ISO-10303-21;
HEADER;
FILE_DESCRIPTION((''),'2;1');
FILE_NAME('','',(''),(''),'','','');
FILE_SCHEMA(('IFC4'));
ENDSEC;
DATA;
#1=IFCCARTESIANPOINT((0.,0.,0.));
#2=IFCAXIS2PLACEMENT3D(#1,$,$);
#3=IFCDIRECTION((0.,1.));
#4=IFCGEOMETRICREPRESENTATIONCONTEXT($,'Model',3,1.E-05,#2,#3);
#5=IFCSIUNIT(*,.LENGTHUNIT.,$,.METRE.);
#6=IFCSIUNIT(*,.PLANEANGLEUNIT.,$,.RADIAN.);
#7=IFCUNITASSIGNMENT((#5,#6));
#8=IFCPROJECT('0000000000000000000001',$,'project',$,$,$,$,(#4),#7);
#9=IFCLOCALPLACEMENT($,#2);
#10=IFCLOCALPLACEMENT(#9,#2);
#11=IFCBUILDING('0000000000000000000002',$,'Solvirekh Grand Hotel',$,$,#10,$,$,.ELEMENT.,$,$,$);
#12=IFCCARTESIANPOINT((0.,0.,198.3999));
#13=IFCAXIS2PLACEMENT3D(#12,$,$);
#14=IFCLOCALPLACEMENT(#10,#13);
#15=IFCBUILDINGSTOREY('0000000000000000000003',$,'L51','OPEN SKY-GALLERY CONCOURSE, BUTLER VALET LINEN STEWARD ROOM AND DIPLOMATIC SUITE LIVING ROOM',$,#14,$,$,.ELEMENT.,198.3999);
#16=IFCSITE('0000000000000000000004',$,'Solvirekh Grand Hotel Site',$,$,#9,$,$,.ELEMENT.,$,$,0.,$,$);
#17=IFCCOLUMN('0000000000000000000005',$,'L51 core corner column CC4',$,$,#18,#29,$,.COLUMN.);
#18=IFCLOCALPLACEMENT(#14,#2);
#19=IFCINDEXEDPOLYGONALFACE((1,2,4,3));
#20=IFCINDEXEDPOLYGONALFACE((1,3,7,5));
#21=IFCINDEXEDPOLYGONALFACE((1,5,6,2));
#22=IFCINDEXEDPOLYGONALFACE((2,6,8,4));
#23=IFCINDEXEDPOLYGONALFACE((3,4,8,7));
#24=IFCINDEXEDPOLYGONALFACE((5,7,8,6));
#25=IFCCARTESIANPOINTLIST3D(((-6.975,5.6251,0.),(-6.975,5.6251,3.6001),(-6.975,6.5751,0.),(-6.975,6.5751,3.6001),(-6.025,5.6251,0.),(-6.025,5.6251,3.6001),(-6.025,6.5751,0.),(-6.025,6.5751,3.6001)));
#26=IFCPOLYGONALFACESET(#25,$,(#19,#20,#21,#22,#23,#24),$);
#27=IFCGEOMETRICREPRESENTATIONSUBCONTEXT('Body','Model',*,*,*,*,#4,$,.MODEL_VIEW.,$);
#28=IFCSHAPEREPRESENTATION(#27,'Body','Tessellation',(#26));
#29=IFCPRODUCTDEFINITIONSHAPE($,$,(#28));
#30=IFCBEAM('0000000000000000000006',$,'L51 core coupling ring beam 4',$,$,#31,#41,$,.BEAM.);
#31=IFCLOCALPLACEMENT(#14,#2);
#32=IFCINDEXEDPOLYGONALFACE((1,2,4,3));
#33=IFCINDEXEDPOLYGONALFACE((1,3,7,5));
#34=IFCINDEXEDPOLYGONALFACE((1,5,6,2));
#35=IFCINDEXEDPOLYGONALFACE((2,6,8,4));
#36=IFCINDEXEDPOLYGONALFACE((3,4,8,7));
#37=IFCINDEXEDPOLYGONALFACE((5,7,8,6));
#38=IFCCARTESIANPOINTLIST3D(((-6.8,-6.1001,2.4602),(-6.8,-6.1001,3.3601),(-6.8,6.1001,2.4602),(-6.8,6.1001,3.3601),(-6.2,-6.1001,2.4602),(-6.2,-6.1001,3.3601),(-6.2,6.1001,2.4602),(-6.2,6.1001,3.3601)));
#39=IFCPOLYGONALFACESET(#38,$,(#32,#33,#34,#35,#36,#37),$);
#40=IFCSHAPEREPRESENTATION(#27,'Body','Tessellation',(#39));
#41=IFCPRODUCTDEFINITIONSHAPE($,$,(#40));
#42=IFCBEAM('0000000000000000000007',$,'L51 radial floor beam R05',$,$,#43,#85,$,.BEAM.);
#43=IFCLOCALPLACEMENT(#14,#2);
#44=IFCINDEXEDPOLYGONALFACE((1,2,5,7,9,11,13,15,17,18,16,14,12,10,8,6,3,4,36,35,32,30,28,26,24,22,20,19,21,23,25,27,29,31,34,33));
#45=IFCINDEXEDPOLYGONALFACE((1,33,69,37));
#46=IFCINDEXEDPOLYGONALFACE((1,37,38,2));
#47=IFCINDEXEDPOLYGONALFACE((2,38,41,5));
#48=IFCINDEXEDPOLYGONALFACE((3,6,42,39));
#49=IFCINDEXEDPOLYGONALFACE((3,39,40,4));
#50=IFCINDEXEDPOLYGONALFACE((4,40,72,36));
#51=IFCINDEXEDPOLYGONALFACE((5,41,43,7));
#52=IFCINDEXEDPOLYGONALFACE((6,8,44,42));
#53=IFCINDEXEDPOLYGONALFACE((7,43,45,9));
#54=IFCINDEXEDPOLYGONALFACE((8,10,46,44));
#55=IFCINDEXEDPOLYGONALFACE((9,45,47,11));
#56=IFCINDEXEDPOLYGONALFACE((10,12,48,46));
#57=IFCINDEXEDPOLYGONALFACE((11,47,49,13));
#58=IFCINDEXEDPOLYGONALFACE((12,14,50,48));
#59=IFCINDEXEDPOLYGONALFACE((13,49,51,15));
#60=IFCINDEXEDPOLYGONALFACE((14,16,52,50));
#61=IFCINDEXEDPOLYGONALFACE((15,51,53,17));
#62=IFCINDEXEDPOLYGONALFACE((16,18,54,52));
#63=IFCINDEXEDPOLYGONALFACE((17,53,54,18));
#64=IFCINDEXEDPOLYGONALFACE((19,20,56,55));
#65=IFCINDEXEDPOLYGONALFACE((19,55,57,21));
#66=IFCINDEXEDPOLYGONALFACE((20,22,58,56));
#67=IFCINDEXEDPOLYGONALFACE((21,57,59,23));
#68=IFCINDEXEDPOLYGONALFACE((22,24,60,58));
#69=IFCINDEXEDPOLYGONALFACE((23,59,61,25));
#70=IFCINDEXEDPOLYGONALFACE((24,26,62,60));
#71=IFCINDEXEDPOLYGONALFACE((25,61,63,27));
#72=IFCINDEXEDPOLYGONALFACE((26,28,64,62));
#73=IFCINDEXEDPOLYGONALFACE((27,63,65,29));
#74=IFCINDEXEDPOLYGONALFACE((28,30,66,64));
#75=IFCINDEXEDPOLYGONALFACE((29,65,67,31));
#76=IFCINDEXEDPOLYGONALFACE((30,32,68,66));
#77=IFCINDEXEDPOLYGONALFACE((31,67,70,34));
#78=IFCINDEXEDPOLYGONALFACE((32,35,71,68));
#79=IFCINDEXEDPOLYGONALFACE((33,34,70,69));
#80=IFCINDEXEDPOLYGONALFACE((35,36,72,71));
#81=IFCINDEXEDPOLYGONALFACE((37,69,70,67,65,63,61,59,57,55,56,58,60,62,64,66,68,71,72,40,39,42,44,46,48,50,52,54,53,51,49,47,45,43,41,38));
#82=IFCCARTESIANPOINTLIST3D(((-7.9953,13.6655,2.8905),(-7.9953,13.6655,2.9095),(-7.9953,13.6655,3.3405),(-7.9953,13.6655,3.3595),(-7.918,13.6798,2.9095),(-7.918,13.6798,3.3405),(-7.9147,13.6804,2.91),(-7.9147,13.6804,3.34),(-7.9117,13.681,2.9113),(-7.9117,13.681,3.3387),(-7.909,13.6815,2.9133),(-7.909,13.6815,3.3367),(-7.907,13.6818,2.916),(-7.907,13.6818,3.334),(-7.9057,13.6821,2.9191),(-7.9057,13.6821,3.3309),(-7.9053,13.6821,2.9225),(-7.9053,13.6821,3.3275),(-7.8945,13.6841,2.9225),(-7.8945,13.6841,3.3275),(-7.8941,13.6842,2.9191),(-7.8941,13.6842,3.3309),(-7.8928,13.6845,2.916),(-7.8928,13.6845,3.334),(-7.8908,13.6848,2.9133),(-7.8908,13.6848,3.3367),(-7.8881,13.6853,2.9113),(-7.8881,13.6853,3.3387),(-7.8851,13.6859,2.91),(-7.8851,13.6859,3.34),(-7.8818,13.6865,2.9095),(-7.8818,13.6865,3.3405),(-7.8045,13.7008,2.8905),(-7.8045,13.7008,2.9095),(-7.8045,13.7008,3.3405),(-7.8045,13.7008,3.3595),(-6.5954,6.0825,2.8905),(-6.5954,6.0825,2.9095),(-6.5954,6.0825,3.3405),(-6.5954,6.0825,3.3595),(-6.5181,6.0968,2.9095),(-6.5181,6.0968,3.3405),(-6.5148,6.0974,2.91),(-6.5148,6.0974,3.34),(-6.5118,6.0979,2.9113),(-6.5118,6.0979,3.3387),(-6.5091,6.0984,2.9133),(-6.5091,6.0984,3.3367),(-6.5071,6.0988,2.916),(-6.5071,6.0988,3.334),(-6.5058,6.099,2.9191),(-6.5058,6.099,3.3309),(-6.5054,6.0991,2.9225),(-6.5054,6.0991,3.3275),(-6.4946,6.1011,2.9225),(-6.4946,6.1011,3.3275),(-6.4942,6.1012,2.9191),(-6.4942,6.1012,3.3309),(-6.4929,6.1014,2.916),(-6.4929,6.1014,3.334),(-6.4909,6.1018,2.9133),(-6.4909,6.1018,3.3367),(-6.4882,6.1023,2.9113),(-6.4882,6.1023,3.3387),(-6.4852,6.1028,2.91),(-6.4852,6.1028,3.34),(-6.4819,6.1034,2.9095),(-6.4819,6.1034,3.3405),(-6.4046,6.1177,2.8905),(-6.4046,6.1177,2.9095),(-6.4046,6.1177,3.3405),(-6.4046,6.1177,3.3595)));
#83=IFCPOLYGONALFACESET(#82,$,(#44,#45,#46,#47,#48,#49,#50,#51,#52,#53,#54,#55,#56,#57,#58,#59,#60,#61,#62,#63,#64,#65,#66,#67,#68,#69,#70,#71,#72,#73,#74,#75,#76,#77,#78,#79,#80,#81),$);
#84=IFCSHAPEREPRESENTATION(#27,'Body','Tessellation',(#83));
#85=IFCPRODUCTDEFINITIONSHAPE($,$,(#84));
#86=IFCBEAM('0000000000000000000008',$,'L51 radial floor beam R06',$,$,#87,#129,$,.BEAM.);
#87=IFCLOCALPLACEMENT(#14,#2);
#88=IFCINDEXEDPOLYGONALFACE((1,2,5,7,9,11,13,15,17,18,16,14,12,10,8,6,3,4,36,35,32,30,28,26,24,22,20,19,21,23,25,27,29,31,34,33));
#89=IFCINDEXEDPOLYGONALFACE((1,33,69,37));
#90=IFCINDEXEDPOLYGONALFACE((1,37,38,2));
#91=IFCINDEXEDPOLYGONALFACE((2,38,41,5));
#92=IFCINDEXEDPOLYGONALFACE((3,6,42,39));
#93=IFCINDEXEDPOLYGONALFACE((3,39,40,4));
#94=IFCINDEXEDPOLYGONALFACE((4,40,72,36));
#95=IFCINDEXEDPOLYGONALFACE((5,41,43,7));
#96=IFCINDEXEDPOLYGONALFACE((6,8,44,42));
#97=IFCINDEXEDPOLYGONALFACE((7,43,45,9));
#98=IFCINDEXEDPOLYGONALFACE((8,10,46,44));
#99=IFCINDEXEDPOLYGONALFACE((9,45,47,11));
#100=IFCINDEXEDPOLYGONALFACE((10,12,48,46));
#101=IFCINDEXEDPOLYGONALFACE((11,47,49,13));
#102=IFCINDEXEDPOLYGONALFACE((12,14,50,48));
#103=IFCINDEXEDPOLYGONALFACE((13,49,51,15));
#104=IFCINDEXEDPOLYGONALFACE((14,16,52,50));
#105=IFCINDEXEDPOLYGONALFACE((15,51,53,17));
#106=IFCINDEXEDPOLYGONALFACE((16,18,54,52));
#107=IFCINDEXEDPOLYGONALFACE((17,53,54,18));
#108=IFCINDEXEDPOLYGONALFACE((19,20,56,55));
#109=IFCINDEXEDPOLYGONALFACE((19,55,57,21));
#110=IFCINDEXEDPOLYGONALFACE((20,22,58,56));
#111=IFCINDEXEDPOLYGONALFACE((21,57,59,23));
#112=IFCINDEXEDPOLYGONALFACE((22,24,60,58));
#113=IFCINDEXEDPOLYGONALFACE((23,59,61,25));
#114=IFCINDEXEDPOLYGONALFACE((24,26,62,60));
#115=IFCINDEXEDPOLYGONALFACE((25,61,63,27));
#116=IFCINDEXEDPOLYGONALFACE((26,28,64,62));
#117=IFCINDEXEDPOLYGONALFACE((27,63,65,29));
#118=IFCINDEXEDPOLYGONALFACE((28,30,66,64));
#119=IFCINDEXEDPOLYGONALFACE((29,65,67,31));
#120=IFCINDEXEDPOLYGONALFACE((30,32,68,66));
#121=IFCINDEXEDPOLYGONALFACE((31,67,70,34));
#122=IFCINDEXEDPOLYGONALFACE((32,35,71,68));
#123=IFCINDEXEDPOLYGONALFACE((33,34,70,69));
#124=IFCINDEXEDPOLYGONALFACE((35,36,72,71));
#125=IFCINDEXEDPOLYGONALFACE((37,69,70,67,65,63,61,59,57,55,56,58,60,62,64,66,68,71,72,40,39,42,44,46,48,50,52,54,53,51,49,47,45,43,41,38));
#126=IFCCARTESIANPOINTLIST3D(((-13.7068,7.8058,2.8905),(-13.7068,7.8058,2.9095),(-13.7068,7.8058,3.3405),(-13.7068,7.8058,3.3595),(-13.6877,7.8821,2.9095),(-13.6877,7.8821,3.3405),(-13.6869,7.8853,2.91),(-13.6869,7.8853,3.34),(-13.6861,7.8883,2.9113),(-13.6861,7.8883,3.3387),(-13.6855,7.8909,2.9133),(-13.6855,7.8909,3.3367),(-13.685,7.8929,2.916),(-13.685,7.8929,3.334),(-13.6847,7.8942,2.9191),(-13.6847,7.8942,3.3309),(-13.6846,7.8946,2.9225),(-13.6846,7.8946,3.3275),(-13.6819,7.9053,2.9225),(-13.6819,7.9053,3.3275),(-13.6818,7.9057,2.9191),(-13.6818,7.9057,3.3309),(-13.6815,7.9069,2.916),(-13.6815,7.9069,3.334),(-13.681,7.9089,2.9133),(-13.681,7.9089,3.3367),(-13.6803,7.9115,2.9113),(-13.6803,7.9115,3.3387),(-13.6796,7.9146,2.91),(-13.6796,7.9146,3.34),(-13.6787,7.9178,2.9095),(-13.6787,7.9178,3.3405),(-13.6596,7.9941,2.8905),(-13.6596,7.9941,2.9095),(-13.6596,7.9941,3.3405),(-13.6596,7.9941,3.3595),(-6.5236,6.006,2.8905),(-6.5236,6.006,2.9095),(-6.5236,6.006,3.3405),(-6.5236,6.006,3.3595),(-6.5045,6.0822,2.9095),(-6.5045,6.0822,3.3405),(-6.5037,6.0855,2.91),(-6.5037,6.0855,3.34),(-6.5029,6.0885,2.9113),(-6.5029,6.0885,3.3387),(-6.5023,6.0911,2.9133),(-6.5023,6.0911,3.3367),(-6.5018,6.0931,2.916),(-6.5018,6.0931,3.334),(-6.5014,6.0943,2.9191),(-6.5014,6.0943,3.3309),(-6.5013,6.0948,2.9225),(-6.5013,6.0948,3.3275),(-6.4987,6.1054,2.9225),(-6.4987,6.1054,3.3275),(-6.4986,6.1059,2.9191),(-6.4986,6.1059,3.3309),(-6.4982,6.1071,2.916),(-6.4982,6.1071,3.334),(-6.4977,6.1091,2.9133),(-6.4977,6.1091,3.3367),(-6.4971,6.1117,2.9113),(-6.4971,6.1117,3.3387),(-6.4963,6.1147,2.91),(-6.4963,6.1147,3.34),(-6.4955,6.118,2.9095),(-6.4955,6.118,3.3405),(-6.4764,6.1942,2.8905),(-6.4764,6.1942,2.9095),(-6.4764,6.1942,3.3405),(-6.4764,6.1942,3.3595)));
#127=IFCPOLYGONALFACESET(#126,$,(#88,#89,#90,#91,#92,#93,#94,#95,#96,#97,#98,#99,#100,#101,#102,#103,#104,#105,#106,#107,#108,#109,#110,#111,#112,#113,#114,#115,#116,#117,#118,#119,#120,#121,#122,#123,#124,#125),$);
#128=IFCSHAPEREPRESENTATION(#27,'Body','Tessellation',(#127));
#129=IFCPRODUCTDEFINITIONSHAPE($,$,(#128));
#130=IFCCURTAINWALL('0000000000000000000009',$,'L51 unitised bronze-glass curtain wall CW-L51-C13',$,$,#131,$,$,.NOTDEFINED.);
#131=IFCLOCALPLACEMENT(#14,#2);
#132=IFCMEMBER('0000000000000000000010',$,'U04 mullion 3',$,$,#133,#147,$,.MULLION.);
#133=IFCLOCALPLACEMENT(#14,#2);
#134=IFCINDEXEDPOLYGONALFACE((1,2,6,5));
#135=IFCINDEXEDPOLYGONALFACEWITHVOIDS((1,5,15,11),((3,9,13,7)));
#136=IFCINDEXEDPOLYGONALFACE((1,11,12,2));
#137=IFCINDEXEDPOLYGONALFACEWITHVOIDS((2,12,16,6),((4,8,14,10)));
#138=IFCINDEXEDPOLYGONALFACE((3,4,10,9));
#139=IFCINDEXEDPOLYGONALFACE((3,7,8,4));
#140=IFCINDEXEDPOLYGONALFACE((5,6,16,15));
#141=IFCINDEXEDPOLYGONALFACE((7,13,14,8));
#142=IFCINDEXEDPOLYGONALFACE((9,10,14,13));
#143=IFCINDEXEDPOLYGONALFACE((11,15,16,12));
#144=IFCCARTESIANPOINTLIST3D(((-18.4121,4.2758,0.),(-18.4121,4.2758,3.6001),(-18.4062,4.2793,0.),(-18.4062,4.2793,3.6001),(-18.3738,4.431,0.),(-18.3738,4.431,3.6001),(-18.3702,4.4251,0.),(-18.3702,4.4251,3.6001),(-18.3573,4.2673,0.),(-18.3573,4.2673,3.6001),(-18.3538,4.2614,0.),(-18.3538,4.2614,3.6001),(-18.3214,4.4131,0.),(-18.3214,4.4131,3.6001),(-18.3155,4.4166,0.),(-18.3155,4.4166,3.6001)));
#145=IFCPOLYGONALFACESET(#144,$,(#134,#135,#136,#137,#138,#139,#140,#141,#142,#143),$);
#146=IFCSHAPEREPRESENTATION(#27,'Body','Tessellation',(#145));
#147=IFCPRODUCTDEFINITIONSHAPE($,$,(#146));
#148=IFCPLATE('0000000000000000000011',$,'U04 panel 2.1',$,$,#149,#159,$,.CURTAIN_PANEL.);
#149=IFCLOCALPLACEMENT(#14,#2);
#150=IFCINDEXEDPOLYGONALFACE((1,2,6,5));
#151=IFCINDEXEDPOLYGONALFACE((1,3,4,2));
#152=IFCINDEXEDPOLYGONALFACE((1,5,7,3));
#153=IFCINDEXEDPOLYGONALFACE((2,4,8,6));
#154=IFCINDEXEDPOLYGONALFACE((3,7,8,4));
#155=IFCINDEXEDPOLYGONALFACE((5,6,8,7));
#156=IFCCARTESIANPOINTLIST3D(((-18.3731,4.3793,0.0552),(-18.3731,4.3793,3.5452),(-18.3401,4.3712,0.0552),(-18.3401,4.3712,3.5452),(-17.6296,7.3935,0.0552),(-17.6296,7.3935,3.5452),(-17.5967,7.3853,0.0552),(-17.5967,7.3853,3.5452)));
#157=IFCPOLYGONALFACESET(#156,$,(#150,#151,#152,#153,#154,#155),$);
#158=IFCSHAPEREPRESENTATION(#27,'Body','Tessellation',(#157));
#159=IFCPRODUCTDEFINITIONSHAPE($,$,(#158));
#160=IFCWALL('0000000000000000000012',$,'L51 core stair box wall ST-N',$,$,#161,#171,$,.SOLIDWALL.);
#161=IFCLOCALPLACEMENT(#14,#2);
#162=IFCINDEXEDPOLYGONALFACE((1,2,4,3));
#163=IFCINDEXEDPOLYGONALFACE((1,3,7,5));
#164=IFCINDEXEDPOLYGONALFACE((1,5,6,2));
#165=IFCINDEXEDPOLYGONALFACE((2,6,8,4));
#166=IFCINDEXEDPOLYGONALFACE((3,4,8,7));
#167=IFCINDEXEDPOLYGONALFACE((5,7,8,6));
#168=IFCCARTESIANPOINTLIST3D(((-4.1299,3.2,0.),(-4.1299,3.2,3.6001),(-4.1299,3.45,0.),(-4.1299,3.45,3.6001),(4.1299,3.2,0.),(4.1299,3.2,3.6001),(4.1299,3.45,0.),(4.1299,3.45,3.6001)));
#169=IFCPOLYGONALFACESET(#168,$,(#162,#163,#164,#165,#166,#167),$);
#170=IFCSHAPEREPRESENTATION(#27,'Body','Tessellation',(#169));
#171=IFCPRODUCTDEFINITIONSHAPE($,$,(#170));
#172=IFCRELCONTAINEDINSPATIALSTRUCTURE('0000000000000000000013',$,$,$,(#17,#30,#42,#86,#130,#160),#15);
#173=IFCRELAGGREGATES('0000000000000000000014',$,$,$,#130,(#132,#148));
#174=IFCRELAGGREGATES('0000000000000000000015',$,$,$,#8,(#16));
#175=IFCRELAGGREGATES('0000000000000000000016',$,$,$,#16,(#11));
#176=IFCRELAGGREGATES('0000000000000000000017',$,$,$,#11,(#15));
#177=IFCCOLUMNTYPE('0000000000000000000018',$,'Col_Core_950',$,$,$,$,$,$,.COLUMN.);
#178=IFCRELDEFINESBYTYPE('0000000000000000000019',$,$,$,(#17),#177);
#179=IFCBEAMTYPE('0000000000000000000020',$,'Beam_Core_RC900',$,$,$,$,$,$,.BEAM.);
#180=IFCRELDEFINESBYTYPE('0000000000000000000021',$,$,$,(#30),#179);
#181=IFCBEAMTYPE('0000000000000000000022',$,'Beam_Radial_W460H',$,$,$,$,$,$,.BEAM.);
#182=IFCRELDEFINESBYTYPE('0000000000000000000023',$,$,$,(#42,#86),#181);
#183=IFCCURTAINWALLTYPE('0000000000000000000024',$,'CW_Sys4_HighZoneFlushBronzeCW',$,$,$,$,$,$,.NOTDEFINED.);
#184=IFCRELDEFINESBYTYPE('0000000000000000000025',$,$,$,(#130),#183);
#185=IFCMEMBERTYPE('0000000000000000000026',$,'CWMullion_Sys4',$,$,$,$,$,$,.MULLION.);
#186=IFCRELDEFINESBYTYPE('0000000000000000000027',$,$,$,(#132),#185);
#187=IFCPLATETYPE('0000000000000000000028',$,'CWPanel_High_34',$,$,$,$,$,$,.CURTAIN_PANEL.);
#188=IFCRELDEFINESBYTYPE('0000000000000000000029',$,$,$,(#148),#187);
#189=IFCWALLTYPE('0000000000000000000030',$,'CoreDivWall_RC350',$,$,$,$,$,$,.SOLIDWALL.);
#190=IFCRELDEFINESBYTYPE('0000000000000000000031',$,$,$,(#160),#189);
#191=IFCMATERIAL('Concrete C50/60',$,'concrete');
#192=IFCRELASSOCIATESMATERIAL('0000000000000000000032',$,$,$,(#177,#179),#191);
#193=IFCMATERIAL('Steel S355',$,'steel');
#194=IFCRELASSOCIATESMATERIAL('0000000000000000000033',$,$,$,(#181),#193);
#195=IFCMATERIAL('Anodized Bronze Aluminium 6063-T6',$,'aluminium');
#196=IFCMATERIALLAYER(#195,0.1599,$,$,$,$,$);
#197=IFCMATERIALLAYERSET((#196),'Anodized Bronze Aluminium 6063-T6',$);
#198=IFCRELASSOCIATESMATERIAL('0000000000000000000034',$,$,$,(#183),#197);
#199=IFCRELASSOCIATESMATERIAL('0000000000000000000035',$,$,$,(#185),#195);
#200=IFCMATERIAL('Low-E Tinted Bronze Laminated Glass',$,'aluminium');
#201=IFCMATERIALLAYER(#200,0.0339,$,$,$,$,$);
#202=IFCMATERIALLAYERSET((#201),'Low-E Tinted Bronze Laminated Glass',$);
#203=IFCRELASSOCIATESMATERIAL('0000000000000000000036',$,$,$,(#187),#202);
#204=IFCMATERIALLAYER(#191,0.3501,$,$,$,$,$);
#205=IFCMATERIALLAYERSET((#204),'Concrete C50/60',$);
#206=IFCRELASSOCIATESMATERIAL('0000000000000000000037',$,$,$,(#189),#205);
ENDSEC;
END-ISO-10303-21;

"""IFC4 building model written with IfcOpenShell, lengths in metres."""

from ifc_helpers import new_model, si_unit, direction, frame, frame_2d, origin, origin_2d, place, context, subcontext, project, spatial, rectangle, hollow_rectangle, i_section, extrude, source, transform, mapped, material, layer, layer_set, material_profile, profile_set, type_object, element, aggregate, save


model = new_model("IFC4")

# Units and contexts
model_context = context("Model", 3, precision=1e-05, world=origin(), true_north=direction((0.0, 1.0)))
body_context = subcontext(model_context, "Body", "Model", "MODEL_VIEW")
ifc_project = project(units=[si_unit("LENGTHUNIT", "METRE"), si_unit("PLANEANGLEUNIT", "RADIAN")], contexts=[model_context])

# Site, building, storey
site_placement = place(None, origin())
site = spatial("IfcSite", under=ifc_project, at=site_placement, Name="Solvirekh Grand Hotel Site", CompositionType="ELEMENT", RefElevation=0.0)
building_placement = place(site_placement, origin())
building = spatial("IfcBuilding", under=site, at=building_placement, Name="Solvirekh Grand Hotel", CompositionType="ELEMENT")
storey_placement = place(building_placement, frame((0.0, 0.0, 198.3999)))
storey = spatial("IfcBuildingStorey", under=building, at=storey_placement, Name="L51", Description="OPEN SKY-GALLERY CONCOURSE, BUTLER VALET LINEN STEWARD ROOM AND DIPLOMATIC SUITE LIVING ROOM", CompositionType="ELEMENT", Elevation=198.3999)

# Column
ifc_material_1 = material(Name="Concrete C50/60", Category="concrete")
ifc_material_profile_1 = material_profile(ifc_material_1, rectangle(XDim=0.95, YDim=0.95, at=origin_2d()), Name="RC 950X950")
ifc_profile_set_1 = profile_set([ifc_material_profile_1], Name="Concrete C50/60")
column_type = type_object("IfcColumnType", Name="Col_Core_950", PredefinedType="COLUMN", material=ifc_profile_set_1)
column_placement = place(storey_placement, frame((-6.5, 6.1001, 0.0), z_axis=(0.0, 0.0, 1.0), x_axis=(1.0, 0.0, 0.0)))
element("IfcColumn", 1, at=column_placement, inside=storey, type_object=column_type, Name="L51 core corner column CC4", PredefinedType="COLUMN", context=body_context, shape_type="SweptSolid", body=[
    extrude(rectangle(XDim=0.95, YDim=0.95, at=origin_2d()), origin(), (0.0, 0.0, 1.0), 3.6001),
])

# Beams
ifc_material_profile_2 = material_profile(ifc_material_1, rectangle(XDim=0.6001, YDim=0.8999, at=origin_2d()), Name="RC BEAM 600X900")
ifc_profile_set_2 = profile_set([ifc_material_profile_2], Name="Concrete C50/60")
beam_type_1 = type_object("IfcBeamType", Name="Beam_Core_RC900", PredefinedType="BEAM", material=ifc_profile_set_2)
beam_1_placement = place(storey_placement, frame((-6.5, 6.1001, 2.9102), z_axis=(0.0, -1.0, 0.0), x_axis=(1.0, 0.0, 0.0)))
element("IfcBeam", 2, at=beam_1_placement, inside=storey, type_object=beam_type_1, Name="L51 core coupling ring beam 4", PredefinedType="BEAM", context=body_context, shape_type="SweptSolid", body=[
    extrude(rectangle(XDim=0.6001, YDim=0.8999, at=origin_2d()), origin(), (0.0, 0.0, 1.0), 12.2002),
])
ifc_material_2 = material(Name="Steel S355", Category="steel")
ifc_material_profile_3 = material_profile(ifc_material_2, i_section(OverallWidth=0.1941, OverallDepth=0.469, WebThickness=0.011, FlangeThickness=0.019, FilletRadius=0.0129, at=origin_2d()), Name="W460X106")
ifc_profile_set_3 = profile_set([ifc_material_profile_3], Name="Steel S355")
beam_type_2 = type_object("IfcBeamType", Name="Beam_Radial_W460H", PredefinedType="BEAM", material=ifc_profile_set_3)
beam_2_placement = place(storey_placement, frame((-6.5, 6.1001, 3.125), z_axis=(-0.181543, 0.983383, 0.0), x_axis=(-0.983383, -0.181543, 0.0)))
element("IfcBeam", 3, at=beam_2_placement, inside=storey, type_object=beam_type_2, Name="L51 radial floor beam R05", PredefinedType="BEAM", context=body_context, shape_type="SweptSolid", body=[
    extrude(i_section(OverallWidth=0.1941, OverallDepth=0.469, WebThickness=0.011, FlangeThickness=0.019, FilletRadius=0.0129, at=origin_2d()), origin(), (0.0, 0.0, 1.0), 7.7112),
])
beam_3_placement = place(storey_placement, frame((-6.5, 6.1001, 3.125), z_axis=(-0.970014, 0.243048, 0.0), x_axis=(-0.243048, -0.970014, 0.0)))
element("IfcBeam", 4, at=beam_3_placement, inside=storey, type_object=beam_type_2, Name="L51 radial floor beam R06", PredefinedType="BEAM", context=body_context, shape_type="SweptSolid", body=[
    extrude(i_section(OverallWidth=0.1941, OverallDepth=0.469, WebThickness=0.011, FlangeThickness=0.019, FilletRadius=0.0129, at=origin_2d()), origin(), (0.0, 0.0, 1.0), 7.4053),
])

# Curtain wall, member, plate
ifc_material_3 = material(Name="Anodized Bronze Aluminium 6063-T6", Category="aluminium")
ifc_layer_1 = layer(ifc_material_3, 0.1599)
ifc_layer_set_1 = layer_set([ifc_layer_1], Name="Anodized Bronze Aluminium 6063-T6")
curtain_wall_type = type_object("IfcCurtainWallType", Name="CW_Sys4_HighZoneFlushBronzeCW", PredefinedType="NOTDEFINED", material=ifc_layer_set_1)
curtain_wall_placement = place(storey_placement, origin())
curtain_wall = element("IfcCurtainWall", 5, at=curtain_wall_placement, inside=storey, type_object=curtain_wall_type, Name="L51 unitised bronze-glass curtain wall CW-L51-C13", PredefinedType="NOTDEFINED")
ifc_material_profile_4 = material_profile(ifc_material_3, hollow_rectangle(XDim=0.0601, YDim=0.1599, WallThickness=0.0049, at=origin_2d()), Name="ALU RHS 160X60X5")
ifc_profile_set_4 = profile_set([ifc_material_profile_4], Name="Anodized Bronze Aluminium 6063-T6")
member_type = type_object("IfcMemberType", Name="CWMullion_Sys4", PredefinedType="MULLION", material=ifc_profile_set_4)
shared_shape_1 = source(origin(), body_context, "Body", "SweptSolid", [
    extrude(hollow_rectangle(XDim=0.0601, YDim=0.1599, WallThickness=0.0049, at=origin_2d()), origin(), (0.0, 0.0, 1.0), 3.6001),
])
member_placement = place(storey_placement, frame((-18.3638, 4.3462, 0.0), z_axis=(0.0, 0.0, 1.0), x_axis=(0.970902, -0.239478, 0.0)))
member = element("IfcMember", 6, at=member_placement, type_object=member_type, Name="U04 mullion 3", PredefinedType="MULLION", context=body_context, shape_type="MappedRepresentation", body=[
    mapped(shared_shape_1, transform((0.0, 0.0, 0.0), x_axis=(1.0, 0.0, 0.0), y_axis=(0.0, 1.0, 0.0), z_axis=(0.0, 0.0, 1.0), scale=1.0)),
])
ifc_material_4 = material(Name="Low-E Tinted Bronze Laminated Glass", Category="aluminium")
ifc_layer_2 = layer(ifc_material_4, 0.0339)
ifc_layer_set_2 = layer_set([ifc_layer_2], Name="Low-E Tinted Bronze Laminated Glass")
plate_type = type_object("IfcPlateType", Name="CWPanel_High_34", PredefinedType="CURTAIN_PANEL", material=ifc_layer_set_2)
shared_shape_2 = source(origin(), body_context, "Body", "SweptSolid", [
    extrude(rectangle(XDim=3.1045, YDim=0.0339, at=origin_2d()), origin(), (0.0, 0.0, 1.0), 3.49),
])
plate_placement = place(storey_placement, frame((-17.9849, 5.8823, 0.0552), z_axis=(0.0, 0.0, 1.0), x_axis=(-0.239478, -0.970902, 0.0)))
plate = element("IfcPlate", 7, at=plate_placement, type_object=plate_type, Name="U04 panel 2.1", PredefinedType="CURTAIN_PANEL", context=body_context, shape_type="MappedRepresentation", body=[
    mapped(shared_shape_2, transform((0.0, 0.0, 0.0), x_axis=(1.0, 0.0, 0.0), y_axis=(0.0, 1.0, 0.0), z_axis=(0.0, 0.0, 1.0), scale=1.0)),
])
aggregate(curtain_wall, [member, plate])

# Wall
ifc_layer_3 = layer(ifc_material_1, 0.3501)
ifc_layer_set_3 = layer_set([ifc_layer_3], Name="Concrete C50/60")
wall_type_1 = type_object("IfcWallType", Name="CoreDivWall_RC350", PredefinedType="SOLIDWALL", material=ifc_layer_set_3)
wall_1_placement = place(storey_placement, frame((-4.1299, 3.325, 0.0), z_axis=(0.0, 0.0, 1.0), x_axis=(1.0, 0.0, 0.0)))
element("IfcWall", 8, at=wall_1_placement, inside=storey, type_object=wall_type_1, Name="L51 core stair box wall ST-N", PredefinedType="SOLIDWALL", context=body_context, shape_type="SweptSolid", body=[
    extrude(rectangle(XDim=8.2598, YDim=0.25, at=frame_2d((4.1299, 0.0))), origin(), (0.0, 0.0, 1.0), 3.6001),
])

save(model, "model.ifc")
